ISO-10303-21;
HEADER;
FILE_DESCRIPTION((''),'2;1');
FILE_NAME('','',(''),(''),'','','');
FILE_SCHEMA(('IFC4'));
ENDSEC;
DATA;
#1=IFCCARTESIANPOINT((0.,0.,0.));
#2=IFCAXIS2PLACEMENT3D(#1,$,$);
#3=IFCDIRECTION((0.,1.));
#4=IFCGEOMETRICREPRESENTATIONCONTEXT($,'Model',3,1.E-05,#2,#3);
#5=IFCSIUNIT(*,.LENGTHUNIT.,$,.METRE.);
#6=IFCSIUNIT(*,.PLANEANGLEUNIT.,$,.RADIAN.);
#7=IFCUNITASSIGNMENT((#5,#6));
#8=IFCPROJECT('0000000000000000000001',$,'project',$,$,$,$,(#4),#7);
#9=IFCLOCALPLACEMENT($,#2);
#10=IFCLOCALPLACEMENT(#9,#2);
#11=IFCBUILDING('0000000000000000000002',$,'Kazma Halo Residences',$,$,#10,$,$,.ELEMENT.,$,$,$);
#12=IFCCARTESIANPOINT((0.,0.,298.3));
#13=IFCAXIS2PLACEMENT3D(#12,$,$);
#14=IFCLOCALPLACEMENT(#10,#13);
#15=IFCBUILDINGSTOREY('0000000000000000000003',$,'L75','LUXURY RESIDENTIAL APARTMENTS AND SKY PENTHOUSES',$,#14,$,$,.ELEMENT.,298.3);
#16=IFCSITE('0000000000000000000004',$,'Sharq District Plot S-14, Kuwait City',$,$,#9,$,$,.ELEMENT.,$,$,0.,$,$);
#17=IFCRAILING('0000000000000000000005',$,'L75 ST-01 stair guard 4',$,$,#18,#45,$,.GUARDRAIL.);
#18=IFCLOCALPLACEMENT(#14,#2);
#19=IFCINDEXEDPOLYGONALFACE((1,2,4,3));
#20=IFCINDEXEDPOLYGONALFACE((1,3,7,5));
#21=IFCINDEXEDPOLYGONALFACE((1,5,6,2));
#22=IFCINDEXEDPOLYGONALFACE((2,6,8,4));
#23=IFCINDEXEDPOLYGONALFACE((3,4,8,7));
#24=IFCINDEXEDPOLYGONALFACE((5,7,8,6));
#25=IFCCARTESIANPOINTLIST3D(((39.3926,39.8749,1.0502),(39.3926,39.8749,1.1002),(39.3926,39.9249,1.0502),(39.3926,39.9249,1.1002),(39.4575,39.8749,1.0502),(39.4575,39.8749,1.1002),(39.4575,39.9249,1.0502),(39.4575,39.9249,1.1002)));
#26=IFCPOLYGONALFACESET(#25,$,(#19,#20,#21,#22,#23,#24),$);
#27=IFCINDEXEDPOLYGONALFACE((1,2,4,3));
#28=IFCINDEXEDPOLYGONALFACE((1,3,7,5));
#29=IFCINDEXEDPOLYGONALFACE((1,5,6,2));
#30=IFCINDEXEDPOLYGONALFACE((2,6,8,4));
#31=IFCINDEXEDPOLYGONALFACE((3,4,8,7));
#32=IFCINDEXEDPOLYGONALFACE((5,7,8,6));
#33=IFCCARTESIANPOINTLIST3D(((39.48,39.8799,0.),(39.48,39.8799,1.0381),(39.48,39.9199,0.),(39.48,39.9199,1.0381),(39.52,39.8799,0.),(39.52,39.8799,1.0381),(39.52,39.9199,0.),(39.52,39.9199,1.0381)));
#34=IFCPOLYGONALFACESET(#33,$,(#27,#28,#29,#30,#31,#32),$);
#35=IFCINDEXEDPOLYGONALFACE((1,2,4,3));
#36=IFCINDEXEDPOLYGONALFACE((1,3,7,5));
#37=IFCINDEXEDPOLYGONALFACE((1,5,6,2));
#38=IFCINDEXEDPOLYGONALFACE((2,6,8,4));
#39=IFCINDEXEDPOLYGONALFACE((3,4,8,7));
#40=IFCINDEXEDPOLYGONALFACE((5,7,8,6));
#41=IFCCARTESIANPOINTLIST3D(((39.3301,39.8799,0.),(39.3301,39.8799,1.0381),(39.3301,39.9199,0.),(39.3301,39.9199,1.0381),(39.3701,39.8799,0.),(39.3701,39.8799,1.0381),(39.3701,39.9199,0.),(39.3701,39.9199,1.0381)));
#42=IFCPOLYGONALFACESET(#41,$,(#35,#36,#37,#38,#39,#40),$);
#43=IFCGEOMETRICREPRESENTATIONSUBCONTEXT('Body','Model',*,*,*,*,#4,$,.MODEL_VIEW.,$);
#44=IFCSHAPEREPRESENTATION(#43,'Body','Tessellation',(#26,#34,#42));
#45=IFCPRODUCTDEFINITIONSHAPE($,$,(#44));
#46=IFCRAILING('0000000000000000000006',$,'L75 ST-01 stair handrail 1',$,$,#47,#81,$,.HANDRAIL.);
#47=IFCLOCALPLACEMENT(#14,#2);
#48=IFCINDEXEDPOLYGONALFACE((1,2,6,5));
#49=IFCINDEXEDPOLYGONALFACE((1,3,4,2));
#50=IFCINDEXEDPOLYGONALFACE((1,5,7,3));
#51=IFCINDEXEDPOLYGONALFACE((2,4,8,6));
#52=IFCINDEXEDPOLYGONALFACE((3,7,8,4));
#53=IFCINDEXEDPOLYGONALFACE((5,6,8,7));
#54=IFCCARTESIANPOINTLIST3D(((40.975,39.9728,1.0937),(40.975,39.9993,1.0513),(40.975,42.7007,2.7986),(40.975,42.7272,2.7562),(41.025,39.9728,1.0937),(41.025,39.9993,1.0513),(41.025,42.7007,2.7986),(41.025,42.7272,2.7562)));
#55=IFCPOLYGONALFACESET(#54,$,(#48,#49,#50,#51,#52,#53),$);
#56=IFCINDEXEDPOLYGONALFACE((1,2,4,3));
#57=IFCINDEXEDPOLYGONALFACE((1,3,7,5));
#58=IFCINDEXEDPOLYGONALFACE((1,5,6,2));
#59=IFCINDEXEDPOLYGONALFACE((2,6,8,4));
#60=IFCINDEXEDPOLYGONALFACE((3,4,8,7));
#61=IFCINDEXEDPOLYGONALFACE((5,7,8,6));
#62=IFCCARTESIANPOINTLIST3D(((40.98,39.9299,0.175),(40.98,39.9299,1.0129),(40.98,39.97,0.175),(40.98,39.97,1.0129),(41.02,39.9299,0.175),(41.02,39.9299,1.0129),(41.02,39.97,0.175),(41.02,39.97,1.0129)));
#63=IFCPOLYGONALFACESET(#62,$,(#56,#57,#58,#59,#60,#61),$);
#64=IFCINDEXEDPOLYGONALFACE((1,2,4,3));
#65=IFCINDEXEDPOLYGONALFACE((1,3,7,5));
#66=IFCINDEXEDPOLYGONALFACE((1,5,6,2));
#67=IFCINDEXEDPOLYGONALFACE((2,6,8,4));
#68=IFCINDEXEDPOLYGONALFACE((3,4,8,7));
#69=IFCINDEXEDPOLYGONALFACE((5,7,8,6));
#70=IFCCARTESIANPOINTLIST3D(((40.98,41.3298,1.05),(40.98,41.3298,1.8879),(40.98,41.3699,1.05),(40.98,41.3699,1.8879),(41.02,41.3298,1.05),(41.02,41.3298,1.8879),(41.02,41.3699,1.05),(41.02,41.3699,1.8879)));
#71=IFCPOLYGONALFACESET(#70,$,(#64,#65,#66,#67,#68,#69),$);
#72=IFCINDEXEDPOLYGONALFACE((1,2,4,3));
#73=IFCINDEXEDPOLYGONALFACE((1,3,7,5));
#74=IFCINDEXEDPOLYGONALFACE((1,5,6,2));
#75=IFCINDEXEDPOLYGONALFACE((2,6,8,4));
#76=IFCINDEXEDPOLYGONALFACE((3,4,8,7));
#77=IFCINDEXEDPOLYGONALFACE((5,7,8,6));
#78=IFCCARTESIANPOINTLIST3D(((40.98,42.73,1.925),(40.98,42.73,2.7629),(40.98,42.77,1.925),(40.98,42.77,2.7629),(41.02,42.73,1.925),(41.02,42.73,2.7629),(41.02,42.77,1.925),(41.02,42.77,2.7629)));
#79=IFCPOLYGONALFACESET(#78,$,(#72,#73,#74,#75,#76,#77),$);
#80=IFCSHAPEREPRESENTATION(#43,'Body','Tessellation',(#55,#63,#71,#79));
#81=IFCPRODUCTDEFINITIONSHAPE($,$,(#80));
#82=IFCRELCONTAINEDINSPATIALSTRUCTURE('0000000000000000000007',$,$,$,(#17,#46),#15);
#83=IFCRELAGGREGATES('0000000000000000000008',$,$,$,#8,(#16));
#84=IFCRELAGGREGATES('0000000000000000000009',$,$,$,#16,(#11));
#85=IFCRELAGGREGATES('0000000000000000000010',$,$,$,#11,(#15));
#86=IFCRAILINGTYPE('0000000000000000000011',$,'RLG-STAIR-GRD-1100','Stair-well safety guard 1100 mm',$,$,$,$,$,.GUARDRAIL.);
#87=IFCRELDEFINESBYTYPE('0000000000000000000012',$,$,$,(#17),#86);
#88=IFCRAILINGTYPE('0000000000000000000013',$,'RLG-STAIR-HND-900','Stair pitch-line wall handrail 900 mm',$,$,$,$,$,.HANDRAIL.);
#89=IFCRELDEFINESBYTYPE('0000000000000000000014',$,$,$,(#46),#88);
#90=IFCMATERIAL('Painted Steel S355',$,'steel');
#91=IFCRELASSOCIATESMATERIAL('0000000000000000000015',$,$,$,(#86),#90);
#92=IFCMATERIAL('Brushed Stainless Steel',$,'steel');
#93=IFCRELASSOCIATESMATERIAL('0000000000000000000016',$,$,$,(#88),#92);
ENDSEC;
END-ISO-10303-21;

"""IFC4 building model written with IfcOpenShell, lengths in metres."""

from ifc_helpers import new_model, si_unit, direction, frame, origin, origin_2d, place, context, subcontext, project, spatial, rectangle, extrude, material, type_object, element, save


model = new_model("IFC4")

# Units and contexts
model_context = context("Model", 3, precision=1e-05, world=origin(), true_north=direction((0.0, 1.0)))
body_context = subcontext(model_context, "Body", "Model", "MODEL_VIEW")
ifc_project = project(units=[si_unit("LENGTHUNIT", "METRE"), si_unit("PLANEANGLEUNIT", "RADIAN")], contexts=[model_context])

# Site, building, storey
site_placement = place(None, origin())
site = spatial("IfcSite", under=ifc_project, at=site_placement, Name="Sharq District Plot S-14, Kuwait City", CompositionType="ELEMENT", RefElevation=0.0)
building_placement = place(site_placement, origin())
building = spatial("IfcBuilding", under=site, at=building_placement, Name="Kazma Halo Residences", CompositionType="ELEMENT")
storey_placement = place(building_placement, frame((0.0, 0.0, 298.3)))
storey = spatial("IfcBuildingStorey", under=building, at=storey_placement, Name="L75", Description="LUXURY RESIDENTIAL APARTMENTS AND SKY PENTHOUSES", CompositionType="ELEMENT", Elevation=298.3)

# Railings
ifc_material_1 = material(Name="Painted Steel S355", Category="steel")
railing_type_1 = type_object("IfcRailingType", Name="RLG-STAIR-GRD-1100", Description="Stair-well safety guard 1100 mm", PredefinedType="GUARDRAIL", material=ifc_material_1)
railing_1_placement = place(storey_placement, frame((39.5, 39.8999, 0.0)))
element("IfcRailing", 1, at=railing_1_placement, inside=storey, type_object=railing_type_1, Name="L75 ST-01 stair guard 4", PredefinedType="GUARDRAIL", context=body_context, shape_type="SweptSolid", body=[
    extrude(rectangle(XDim=0.05, YDim=0.05, at=origin_2d()), frame((-0.0425, 0.0, 1.0752), z_axis=(-1.0, 0.0, 0.0), x_axis=(0.0, -1.0, 0.0)), (0.0, 0.0, 1.0), 0.0649),
    extrude(rectangle(XDim=0.04, YDim=0.04, at=origin_2d()), origin(), (0.0, 0.0, 1.0), 1.0381),
    extrude(rectangle(XDim=0.04, YDim=0.04, at=origin_2d()), frame((-0.1499, 0.0, 0.0)), (0.0, 0.0, 1.0), 1.0381),
])
ifc_material_2 = material(Name="Brushed Stainless Steel", Category="steel")
railing_type_2 = type_object("IfcRailingType", Name="RLG-STAIR-HND-900", Description="Stair pitch-line wall handrail 900 mm", PredefinedType="HANDRAIL", material=ifc_material_2)
railing_2_placement = place(storey_placement, frame((41.0, 39.95, 0.175)))
element("IfcRailing", 2, at=railing_2_placement, inside=storey, type_object=railing_type_2, Name="L75 ST-01 stair handrail 1", PredefinedType="HANDRAIL", context=body_context, shape_type="SweptSolid", body=[
    extrude(rectangle(XDim=0.05, YDim=0.05, at=origin_2d()), frame((0.0, 0.0361, 0.8975), z_axis=(0.0, 0.848002, 0.529992), x_axis=(-1.0, 0.0, 0.0)), (0.0, 0.0, 1.0), 3.2168),
    extrude(rectangle(XDim=0.04, YDim=0.04, at=origin_2d()), origin(), (0.0, 0.0, 1.0), 0.8379),
    extrude(rectangle(XDim=0.04, YDim=0.04, at=origin_2d()), frame((0.0, 1.3999, 0.875)), (0.0, 0.0, 1.0), 0.8379),
    extrude(rectangle(XDim=0.04, YDim=0.04, at=origin_2d()), frame((0.0, 2.8, 1.75)), (0.0, 0.0, 1.0), 0.8379),
])

save(model, "model.ifc")
